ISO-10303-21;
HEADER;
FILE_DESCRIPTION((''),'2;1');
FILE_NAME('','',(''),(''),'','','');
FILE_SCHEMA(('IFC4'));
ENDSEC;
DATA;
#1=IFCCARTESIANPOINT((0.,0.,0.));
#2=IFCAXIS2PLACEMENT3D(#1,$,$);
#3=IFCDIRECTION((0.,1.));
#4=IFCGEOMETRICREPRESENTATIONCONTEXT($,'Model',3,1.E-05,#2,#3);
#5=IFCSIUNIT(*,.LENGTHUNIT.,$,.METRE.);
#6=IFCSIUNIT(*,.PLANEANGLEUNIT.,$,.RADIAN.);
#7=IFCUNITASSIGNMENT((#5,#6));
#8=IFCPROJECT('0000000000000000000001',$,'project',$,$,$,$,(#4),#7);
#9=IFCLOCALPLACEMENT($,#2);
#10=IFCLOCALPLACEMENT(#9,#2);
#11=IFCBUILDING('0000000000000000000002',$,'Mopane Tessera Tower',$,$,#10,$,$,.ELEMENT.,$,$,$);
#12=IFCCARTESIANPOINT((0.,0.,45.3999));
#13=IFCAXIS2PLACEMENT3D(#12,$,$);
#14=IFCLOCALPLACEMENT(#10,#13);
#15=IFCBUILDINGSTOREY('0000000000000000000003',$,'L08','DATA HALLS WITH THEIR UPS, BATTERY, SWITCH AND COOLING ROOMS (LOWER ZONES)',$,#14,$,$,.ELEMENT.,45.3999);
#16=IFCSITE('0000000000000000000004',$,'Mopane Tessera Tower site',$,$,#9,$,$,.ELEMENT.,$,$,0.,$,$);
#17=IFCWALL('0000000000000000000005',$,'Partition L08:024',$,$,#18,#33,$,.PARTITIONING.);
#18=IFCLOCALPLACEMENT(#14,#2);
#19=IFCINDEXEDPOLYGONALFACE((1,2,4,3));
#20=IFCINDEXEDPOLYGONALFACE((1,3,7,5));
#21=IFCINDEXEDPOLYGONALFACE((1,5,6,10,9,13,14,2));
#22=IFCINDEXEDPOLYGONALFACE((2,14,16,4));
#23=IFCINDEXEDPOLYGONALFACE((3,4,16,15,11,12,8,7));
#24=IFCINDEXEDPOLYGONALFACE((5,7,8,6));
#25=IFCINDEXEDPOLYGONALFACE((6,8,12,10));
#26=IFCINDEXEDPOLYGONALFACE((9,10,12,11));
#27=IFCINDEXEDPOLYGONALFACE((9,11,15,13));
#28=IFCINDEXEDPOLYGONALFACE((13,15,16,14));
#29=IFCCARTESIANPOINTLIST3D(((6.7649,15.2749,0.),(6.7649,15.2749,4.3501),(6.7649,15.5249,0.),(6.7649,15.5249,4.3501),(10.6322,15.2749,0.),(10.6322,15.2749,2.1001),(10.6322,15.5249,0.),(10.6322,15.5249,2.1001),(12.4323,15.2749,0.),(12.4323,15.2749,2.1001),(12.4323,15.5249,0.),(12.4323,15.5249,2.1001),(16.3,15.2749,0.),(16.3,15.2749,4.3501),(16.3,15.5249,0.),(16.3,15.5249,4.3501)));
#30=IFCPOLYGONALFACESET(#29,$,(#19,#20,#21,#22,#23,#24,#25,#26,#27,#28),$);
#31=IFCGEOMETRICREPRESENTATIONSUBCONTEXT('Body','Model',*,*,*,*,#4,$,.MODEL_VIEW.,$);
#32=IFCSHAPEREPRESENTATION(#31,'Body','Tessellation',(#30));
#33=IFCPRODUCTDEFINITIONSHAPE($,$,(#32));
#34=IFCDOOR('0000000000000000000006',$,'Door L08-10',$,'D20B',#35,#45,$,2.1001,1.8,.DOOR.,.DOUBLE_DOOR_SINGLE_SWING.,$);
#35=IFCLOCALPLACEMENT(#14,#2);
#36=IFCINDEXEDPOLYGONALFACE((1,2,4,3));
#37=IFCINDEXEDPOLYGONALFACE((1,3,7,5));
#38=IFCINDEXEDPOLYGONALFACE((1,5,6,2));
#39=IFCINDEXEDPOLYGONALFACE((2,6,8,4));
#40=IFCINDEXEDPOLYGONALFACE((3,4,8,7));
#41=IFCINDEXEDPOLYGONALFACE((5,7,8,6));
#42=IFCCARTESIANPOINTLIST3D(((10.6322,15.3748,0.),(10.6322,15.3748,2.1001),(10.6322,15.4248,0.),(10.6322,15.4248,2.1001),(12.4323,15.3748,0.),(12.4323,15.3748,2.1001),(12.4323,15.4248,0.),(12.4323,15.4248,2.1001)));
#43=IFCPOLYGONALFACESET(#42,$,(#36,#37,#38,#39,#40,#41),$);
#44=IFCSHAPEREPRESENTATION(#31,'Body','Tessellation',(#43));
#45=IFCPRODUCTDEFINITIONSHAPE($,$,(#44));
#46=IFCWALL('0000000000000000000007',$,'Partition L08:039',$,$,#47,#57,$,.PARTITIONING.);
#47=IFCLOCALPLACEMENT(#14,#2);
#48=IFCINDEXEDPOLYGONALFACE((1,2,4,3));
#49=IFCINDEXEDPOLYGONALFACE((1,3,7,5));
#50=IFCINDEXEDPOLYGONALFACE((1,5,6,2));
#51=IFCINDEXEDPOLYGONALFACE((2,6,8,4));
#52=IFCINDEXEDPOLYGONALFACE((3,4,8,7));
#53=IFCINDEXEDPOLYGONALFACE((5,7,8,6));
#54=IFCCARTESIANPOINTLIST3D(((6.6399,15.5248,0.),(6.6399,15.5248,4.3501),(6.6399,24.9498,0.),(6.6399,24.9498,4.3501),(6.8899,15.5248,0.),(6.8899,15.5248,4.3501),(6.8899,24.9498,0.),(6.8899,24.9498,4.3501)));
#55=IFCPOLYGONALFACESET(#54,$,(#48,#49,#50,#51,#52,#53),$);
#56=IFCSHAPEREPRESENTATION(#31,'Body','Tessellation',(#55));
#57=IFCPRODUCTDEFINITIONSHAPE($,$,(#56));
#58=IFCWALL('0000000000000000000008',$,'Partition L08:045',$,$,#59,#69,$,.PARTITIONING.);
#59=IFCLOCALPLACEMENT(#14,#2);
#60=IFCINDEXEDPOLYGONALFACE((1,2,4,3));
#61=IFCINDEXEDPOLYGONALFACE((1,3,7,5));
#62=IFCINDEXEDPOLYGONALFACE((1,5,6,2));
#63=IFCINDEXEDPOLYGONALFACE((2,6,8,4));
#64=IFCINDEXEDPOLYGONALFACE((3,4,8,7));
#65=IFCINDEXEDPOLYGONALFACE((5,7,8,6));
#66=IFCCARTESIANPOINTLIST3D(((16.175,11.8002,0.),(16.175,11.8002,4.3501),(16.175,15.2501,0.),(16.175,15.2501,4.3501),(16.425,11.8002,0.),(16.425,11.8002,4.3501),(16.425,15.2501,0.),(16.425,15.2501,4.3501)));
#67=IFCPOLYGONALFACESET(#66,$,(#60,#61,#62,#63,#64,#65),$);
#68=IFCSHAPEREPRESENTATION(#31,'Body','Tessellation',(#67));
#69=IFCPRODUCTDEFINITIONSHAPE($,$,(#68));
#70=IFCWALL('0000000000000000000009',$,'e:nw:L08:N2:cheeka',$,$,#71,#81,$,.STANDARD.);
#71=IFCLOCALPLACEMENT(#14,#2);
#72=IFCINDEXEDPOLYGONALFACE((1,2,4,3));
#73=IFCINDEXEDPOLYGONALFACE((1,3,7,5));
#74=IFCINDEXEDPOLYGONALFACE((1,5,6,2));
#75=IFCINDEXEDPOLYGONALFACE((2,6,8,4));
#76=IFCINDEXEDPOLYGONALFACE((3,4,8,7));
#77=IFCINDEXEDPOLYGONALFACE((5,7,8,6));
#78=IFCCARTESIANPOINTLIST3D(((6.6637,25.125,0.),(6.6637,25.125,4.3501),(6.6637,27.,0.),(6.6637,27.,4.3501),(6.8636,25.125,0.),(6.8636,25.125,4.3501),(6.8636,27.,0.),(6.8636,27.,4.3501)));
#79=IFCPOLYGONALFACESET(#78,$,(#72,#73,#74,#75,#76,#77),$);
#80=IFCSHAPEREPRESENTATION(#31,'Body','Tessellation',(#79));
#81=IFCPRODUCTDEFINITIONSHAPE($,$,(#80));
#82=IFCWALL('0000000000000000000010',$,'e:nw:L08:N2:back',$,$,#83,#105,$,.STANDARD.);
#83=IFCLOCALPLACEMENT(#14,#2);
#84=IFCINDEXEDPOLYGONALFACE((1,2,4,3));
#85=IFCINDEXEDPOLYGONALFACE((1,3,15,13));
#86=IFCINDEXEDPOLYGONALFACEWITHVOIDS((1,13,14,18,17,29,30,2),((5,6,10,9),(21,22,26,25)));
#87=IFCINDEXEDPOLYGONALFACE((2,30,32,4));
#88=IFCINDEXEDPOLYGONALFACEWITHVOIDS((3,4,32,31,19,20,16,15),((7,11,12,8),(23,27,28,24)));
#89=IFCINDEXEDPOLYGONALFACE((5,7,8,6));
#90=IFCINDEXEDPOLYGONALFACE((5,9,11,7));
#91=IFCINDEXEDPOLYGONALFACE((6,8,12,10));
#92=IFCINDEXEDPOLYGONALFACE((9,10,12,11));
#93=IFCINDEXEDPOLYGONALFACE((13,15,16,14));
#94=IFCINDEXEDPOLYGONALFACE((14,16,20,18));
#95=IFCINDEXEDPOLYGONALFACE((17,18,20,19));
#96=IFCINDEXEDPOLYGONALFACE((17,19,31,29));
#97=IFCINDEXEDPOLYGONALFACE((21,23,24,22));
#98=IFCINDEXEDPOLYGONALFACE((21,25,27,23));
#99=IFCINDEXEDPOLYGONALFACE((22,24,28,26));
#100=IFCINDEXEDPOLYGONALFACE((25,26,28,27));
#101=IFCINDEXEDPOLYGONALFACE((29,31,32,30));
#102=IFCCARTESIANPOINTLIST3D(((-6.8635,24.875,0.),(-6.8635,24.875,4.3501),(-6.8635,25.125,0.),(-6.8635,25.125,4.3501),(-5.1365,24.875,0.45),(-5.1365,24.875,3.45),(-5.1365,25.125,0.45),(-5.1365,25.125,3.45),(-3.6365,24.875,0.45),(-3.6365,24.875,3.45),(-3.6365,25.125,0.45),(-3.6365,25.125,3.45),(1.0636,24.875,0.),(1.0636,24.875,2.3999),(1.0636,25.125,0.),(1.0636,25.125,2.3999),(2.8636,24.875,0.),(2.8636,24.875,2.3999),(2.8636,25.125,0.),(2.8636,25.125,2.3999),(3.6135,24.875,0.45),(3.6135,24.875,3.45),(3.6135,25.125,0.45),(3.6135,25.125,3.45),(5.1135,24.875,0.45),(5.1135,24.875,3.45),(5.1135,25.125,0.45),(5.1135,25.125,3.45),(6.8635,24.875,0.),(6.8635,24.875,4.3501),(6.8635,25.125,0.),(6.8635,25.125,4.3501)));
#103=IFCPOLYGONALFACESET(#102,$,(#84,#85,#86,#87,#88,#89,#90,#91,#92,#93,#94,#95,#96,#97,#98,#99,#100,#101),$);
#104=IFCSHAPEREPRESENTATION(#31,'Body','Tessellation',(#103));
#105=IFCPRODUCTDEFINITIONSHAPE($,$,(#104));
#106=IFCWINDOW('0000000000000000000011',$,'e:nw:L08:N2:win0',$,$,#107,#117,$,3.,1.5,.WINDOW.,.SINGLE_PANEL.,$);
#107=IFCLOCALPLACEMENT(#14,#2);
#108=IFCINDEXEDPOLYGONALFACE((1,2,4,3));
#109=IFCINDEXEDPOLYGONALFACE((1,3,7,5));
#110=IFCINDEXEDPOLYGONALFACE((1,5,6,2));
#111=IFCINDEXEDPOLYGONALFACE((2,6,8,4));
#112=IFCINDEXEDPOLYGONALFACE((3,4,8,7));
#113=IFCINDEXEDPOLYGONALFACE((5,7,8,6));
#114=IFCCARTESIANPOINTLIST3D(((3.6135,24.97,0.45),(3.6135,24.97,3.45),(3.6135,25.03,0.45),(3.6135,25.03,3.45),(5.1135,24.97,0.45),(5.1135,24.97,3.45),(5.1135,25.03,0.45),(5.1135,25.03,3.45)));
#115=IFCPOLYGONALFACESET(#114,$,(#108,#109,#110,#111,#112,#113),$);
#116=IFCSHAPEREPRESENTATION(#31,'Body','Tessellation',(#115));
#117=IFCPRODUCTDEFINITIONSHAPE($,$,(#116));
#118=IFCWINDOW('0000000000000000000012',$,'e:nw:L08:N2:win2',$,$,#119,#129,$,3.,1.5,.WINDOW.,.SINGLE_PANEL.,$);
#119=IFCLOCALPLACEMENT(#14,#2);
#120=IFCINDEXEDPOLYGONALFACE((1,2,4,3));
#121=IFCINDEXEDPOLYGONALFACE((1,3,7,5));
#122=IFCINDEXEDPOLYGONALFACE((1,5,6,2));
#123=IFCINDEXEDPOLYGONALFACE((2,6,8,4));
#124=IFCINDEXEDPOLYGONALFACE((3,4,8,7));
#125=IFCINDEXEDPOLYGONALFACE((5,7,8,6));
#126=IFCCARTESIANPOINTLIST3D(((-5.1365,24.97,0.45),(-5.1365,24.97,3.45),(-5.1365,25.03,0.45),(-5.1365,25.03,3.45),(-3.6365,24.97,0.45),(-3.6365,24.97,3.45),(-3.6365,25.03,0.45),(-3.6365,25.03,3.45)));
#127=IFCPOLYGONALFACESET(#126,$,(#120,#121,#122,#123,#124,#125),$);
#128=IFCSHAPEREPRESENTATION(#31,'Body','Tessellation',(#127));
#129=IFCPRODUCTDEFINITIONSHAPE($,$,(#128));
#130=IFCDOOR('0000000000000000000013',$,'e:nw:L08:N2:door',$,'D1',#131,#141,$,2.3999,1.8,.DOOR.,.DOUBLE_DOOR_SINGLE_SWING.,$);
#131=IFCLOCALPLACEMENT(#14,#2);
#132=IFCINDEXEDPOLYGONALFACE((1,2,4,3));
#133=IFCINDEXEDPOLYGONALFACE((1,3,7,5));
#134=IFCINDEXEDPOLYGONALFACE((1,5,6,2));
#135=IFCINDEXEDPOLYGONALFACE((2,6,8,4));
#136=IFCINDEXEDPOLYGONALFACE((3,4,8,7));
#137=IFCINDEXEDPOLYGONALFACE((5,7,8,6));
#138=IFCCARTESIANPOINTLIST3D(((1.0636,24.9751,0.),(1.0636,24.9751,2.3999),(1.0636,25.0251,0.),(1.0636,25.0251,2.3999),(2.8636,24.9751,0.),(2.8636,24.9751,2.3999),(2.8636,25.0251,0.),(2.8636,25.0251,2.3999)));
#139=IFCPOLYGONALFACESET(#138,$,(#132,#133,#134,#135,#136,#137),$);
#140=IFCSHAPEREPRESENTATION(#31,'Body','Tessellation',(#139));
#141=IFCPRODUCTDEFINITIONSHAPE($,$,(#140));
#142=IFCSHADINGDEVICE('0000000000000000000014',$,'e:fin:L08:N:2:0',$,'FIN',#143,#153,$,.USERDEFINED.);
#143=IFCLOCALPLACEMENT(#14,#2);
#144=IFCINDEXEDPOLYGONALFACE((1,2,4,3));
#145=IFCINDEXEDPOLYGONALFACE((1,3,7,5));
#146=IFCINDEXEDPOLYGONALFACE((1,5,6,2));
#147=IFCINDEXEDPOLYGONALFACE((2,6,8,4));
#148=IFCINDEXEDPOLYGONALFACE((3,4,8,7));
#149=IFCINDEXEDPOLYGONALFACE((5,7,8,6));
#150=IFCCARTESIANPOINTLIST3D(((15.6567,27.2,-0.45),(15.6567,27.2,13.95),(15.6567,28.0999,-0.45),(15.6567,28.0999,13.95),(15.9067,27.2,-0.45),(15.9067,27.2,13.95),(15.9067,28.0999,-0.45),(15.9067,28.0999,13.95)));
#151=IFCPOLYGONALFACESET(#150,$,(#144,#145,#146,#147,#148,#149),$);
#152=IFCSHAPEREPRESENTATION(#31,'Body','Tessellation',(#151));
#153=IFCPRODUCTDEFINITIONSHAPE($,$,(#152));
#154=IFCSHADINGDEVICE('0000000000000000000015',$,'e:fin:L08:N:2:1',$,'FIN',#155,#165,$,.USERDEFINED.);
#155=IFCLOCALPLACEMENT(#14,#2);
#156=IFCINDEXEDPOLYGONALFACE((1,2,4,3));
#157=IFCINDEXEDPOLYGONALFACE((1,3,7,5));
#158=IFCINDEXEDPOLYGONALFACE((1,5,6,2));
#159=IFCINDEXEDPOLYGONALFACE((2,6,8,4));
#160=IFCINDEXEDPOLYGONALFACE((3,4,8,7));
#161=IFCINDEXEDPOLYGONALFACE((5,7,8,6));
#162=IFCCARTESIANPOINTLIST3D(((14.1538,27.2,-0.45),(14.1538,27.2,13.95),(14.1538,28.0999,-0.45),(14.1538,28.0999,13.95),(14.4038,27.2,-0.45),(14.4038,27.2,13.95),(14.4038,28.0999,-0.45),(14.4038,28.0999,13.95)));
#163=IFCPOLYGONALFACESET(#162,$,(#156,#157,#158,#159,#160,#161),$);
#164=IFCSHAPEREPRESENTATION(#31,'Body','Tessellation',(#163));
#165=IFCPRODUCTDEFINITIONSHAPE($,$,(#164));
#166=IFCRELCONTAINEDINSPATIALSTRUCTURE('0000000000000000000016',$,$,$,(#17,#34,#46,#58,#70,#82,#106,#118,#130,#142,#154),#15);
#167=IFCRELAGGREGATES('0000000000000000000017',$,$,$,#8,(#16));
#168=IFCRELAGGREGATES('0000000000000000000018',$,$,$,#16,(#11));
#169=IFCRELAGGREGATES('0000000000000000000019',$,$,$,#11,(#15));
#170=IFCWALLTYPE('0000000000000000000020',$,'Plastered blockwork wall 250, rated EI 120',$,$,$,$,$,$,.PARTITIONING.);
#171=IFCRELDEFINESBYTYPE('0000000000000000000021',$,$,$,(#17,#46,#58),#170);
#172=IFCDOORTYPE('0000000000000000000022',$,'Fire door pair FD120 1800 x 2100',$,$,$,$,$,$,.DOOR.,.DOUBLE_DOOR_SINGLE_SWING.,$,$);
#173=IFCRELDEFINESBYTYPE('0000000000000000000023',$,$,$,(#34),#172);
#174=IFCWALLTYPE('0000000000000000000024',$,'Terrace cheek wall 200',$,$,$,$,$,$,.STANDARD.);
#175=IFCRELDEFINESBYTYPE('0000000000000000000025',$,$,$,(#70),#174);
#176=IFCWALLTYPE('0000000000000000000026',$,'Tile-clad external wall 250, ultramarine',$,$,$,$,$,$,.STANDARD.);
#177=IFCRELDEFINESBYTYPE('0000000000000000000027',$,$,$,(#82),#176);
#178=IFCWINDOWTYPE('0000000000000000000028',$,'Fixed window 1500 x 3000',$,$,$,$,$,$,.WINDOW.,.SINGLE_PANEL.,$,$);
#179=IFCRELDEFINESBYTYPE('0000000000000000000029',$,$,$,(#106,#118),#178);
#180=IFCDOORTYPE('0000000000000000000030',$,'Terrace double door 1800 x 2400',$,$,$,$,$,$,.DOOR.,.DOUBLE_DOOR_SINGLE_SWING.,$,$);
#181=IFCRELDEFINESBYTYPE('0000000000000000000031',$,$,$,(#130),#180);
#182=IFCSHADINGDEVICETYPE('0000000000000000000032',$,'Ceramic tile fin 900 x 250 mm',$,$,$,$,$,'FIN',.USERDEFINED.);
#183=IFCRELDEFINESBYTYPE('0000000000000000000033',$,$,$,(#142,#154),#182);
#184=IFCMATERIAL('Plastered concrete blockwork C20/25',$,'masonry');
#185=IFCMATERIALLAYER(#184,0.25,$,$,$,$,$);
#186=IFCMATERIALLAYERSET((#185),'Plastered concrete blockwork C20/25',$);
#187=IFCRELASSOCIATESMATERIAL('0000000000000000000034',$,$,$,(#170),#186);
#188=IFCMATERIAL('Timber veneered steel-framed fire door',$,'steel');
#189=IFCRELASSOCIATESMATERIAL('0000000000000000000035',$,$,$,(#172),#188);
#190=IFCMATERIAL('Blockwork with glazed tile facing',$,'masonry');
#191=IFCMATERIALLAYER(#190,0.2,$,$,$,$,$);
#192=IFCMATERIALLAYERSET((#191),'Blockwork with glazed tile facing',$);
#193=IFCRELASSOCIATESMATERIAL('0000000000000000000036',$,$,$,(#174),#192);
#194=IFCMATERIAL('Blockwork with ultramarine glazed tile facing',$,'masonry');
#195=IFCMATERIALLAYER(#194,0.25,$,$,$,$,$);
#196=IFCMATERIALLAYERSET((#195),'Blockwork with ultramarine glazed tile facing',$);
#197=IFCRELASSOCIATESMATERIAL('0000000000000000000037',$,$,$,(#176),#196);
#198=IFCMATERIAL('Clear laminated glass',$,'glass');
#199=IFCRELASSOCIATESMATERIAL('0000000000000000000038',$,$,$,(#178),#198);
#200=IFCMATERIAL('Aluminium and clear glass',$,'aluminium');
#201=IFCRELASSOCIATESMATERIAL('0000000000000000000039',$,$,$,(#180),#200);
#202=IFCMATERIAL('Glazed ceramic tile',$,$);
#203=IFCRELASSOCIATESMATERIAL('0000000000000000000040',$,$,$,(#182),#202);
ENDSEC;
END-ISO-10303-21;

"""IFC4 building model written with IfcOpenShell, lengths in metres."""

from ifc_helpers import new_model, si_unit, direction, frame, frame_2d, origin, origin_2d, place, context, subcontext, project, spatial, rectangle, extrude, material, layer, layer_set, type_object, element, fill, save


model = new_model("IFC4")

# Units and contexts
model_context = context("Model", 3, precision=1e-05, world=origin(), true_north=direction((0.0, 1.0)))
body_context = subcontext(model_context, "Body", "Model", "MODEL_VIEW")
ifc_project = project(units=[si_unit("LENGTHUNIT", "METRE"), si_unit("PLANEANGLEUNIT", "RADIAN")], contexts=[model_context])

# Site, building, storey
site_placement = place(None, origin())
site = spatial("IfcSite", under=ifc_project, at=site_placement, Name="Mopane Tessera Tower site", CompositionType="ELEMENT", RefElevation=0.0)
building_placement = place(site_placement, origin())
building = spatial("IfcBuilding", under=site, at=building_placement, Name="Mopane Tessera Tower", CompositionType="ELEMENT")
storey_placement = place(building_placement, frame((0.0, 0.0, 45.3999)))
storey = spatial("IfcBuildingStorey", under=building, at=storey_placement, Name="L08", Description="DATA HALLS WITH THEIR UPS, BATTERY, SWITCH AND COOLING ROOMS (LOWER ZONES)", CompositionType="ELEMENT", Elevation=45.3999)

# Wall, opening, door
ifc_material_1 = material(Name="Plastered concrete blockwork C20/25", Category="masonry")
ifc_layer_1 = layer(ifc_material_1, 0.25)
ifc_layer_set_1 = layer_set([ifc_layer_1], Name="Plastered concrete blockwork C20/25")
wall_type_1 = type_object("IfcWallType", Name="Plastered blockwork wall 250, rated EI 120", PredefinedType="PARTITIONING", material=ifc_layer_set_1)
wall_1_placement = place(storey_placement, frame((6.7649, 15.3999, 0.0), z_axis=(0.0, 0.0, 1.0), x_axis=(1.0, 0.0, 0.0)))
wall_1 = element("IfcWall", 1, at=wall_1_placement, inside=storey, type_object=wall_type_1, Name="Partition L08:024", PredefinedType="PARTITIONING", context=body_context, shape_type="SweptSolid", body=[
    extrude(rectangle(XDim=9.5352, YDim=0.25, at=frame_2d((4.7676, 0.0))), origin(), (0.0, 0.0, 1.0), 4.3501),
])
opening_1_placement = place(wall_1_placement, frame((3.8674, 0.0, 0.0)))
opening_1 = element("IfcOpeningElement", 2, at=opening_1_placement, cuts=wall_1, PredefinedType="OPENING", context=body_context, shape_type="SweptSolid", body=[
    extrude(rectangle(XDim=1.8, YDim=2.1001, at=frame_2d((0.8999, 1.05))), frame((0.0, 0.137, 0.0), z_axis=(0.0, -1.0, 0.0), x_axis=(1.0, 0.0, 0.0)), (0.0, 0.0, 1.0), 0.2739),
])
ifc_material_2 = material(Name="Timber veneered steel-framed fire door", Category="steel")
door_type_1 = type_object("IfcDoorType", Name="Fire door pair FD120 1800 x 2100", OperationType="DOUBLE_DOOR_SINGLE_SWING", PredefinedType="DOOR", material=ifc_material_2)
door_1_placement = place(opening_1_placement, origin())
door_1 = element("IfcDoor", 3, at=door_1_placement, inside=storey, type_object=door_type_1, Name="Door L08-10", ObjectType="D20B", OperationType="DOUBLE_DOOR_SINGLE_SWING", OverallHeight=2.1001, OverallWidth=1.8, PredefinedType="DOOR", context=body_context, shape_type="SweptSolid", body=[
    extrude(rectangle(XDim=1.8, YDim=2.1001, at=frame_2d((0.8999, 1.05))), frame((0.0, 0.0249, 0.0), z_axis=(0.0, -1.0, 0.0), x_axis=(1.0, 0.0, 0.0)), (0.0, 0.0, 1.0), 0.05),
])
fill(opening_1, door_1)

# Walls
wall_2_placement = place(storey_placement, frame((6.7649, 15.5249, 0.0), z_axis=(0.0, 0.0, 1.0), x_axis=(0.0, 1.0, 0.0)))
element("IfcWall", 4, at=wall_2_placement, inside=storey, type_object=wall_type_1, Name="Partition L08:039", PredefinedType="PARTITIONING", context=body_context, shape_type="SweptSolid", body=[
    extrude(rectangle(XDim=9.425, YDim=0.25, at=frame_2d((4.7124, 0.0))), origin(), (0.0, 0.0, 1.0), 4.3501),
])
wall_3_placement = place(storey_placement, frame((16.3, 11.8, 0.0), z_axis=(0.0, 0.0, 1.0), x_axis=(0.0, 1.0, 0.0)))
element("IfcWall", 5, at=wall_3_placement, inside=storey, type_object=wall_type_1, Name="Partition L08:045", PredefinedType="PARTITIONING", context=body_context, shape_type="SweptSolid", body=[
    extrude(rectangle(XDim=3.45, YDim=0.25, at=frame_2d((1.7251, 0.0))), origin(), (0.0, 0.0, 1.0), 4.3501),
])
ifc_material_3 = material(Name="Blockwork with glazed tile facing", Category="masonry")
ifc_layer_2 = layer(ifc_material_3, 0.2)
ifc_layer_set_2 = layer_set([ifc_layer_2], Name="Blockwork with glazed tile facing")
wall_type_2 = type_object("IfcWallType", Name="Terrace cheek wall 200", PredefinedType="STANDARD", material=ifc_layer_set_2)
wall_4_placement = place(storey_placement, frame((6.7637, 27.0, 0.0), z_axis=(0.0, 0.0, 1.0), x_axis=(0.0, -1.0, 0.0)))
element("IfcWall", 6, at=wall_4_placement, inside=storey, type_object=wall_type_2, Name="e:nw:L08:N2:cheeka", PredefinedType="STANDARD", context=body_context, shape_type="SweptSolid", body=[
    extrude(rectangle(XDim=1.875, YDim=0.2, at=frame_2d((0.9375, 0.0))), origin(), (0.0, 0.0, 1.0), 4.3501),
])

# Wall, openings, windows, door
ifc_material_4 = material(Name="Blockwork with ultramarine glazed tile facing", Category="masonry")
ifc_layer_3 = layer(ifc_material_4, 0.25)
ifc_layer_set_3 = layer_set([ifc_layer_3], Name="Blockwork with ultramarine glazed tile facing")
wall_type_3 = type_object("IfcWallType", Name="Tile-clad external wall 250, ultramarine", PredefinedType="STANDARD", material=ifc_layer_set_3)
wall_5_placement = place(storey_placement, frame((6.8635, 25.0, 0.0), z_axis=(0.0, 0.0, 1.0), x_axis=(-1.0, 0.0, 0.0)))
wall_5 = element("IfcWall", 7, at=wall_5_placement, inside=storey, type_object=wall_type_3, Name="e:nw:L08:N2:back", PredefinedType="STANDARD", context=body_context, shape_type="SweptSolid", body=[
    extrude(rectangle(XDim=13.7271, YDim=0.25, at=frame_2d((6.8635, 0.0))), origin(), (0.0, 0.0, 1.0), 4.3501),
])
opening_2_placement = place(wall_5_placement, frame((1.75, 0.0, 0.45)))
opening_2 = element("IfcOpeningElement", 8, at=opening_2_placement, cuts=wall_5, PredefinedType="OPENING", context=body_context, shape_type="SweptSolid", body=[
    extrude(rectangle(XDim=1.5, YDim=3.0, at=frame_2d((0.75, 1.5))), frame((0.0, 0.137, 0.0), z_axis=(0.0, -1.0, 0.0), x_axis=(1.0, 0.0, 0.0)), (0.0, 0.0, 1.0), 0.2739),
])
opening_3_placement = place(wall_5_placement, frame((4.0, 0.0, 0.0)))
opening_3 = element("IfcOpeningElement", 9, at=opening_3_placement, cuts=wall_5, PredefinedType="OPENING", context=body_context, shape_type="SweptSolid", body=[
    extrude(rectangle(XDim=1.8, YDim=2.3999, at=frame_2d((0.8999, 1.2))), frame((0.0, 0.137, 0.0), z_axis=(0.0, -1.0, 0.0), x_axis=(1.0, 0.0, 0.0)), (0.0, 0.0, 1.0), 0.2739),
])
opening_4_placement = place(wall_5_placement, frame((10.5, 0.0, 0.45)))
opening_4 = element("IfcOpeningElement", 10, at=opening_4_placement, cuts=wall_5, PredefinedType="OPENING", context=body_context, shape_type="SweptSolid", body=[
    extrude(rectangle(XDim=1.5, YDim=3.0, at=frame_2d((0.75, 1.5))), frame((0.0, 0.137, 0.0), z_axis=(0.0, -1.0, 0.0), x_axis=(1.0, 0.0, 0.0)), (0.0, 0.0, 1.0), 0.2739),
])
ifc_material_5 = material(Name="Clear laminated glass", Category="glass")
window_type = type_object("IfcWindowType", Name="Fixed window 1500 x 3000", PartitioningType="SINGLE_PANEL", PredefinedType="WINDOW", material=ifc_material_5)
window_1_placement = place(opening_2_placement, origin())
window_1 = element("IfcWindow", 11, at=window_1_placement, inside=storey, type_object=window_type, Name="e:nw:L08:N2:win0", OverallHeight=3.0, OverallWidth=1.5, PartitioningType="SINGLE_PANEL", PredefinedType="WINDOW", context=body_context, shape_type="SweptSolid", body=[
    extrude(rectangle(XDim=1.5, YDim=3.0, at=frame_2d((0.75, 1.5))), frame((0.0, 0.03, 0.0), z_axis=(0.0, -1.0, 0.0), x_axis=(1.0, 0.0, 0.0)), (0.0, 0.0, 1.0), 0.0601),
])
fill(opening_2, window_1)
window_2_placement = place(opening_4_placement, origin())
window_2 = element("IfcWindow", 12, at=window_2_placement, inside=storey, type_object=window_type, Name="e:nw:L08:N2:win2", OverallHeight=3.0, OverallWidth=1.5, PartitioningType="SINGLE_PANEL", PredefinedType="WINDOW", context=body_context, shape_type="SweptSolid", body=[
    extrude(rectangle(XDim=1.5, YDim=3.0, at=frame_2d((0.75, 1.5))), frame((0.0, 0.03, 0.0), z_axis=(0.0, -1.0, 0.0), x_axis=(1.0, 0.0, 0.0)), (0.0, 0.0, 1.0), 0.0601),
])
fill(opening_4, window_2)
ifc_material_6 = material(Name="Aluminium and clear glass", Category="aluminium")
door_type_2 = type_object("IfcDoorType", Name="Terrace double door 1800 x 2400", OperationType="DOUBLE_DOOR_SINGLE_SWING", PredefinedType="DOOR", material=ifc_material_6)
door_2_placement = place(opening_3_placement, origin())
door_2 = element("IfcDoor", 13, at=door_2_placement, inside=storey, type_object=door_type_2, Name="e:nw:L08:N2:door", ObjectType="D1", OperationType="DOUBLE_DOOR_SINGLE_SWING", OverallHeight=2.3999, OverallWidth=1.8, PredefinedType="DOOR", context=body_context, shape_type="SweptSolid", body=[
    extrude(rectangle(XDim=1.8, YDim=2.3999, at=frame_2d((0.8999, 1.2))), frame((0.0, 0.0249, 0.0), z_axis=(0.0, -1.0, 0.0), x_axis=(1.0, 0.0, 0.0)), (0.0, 0.0, 1.0), 0.05),
])
fill(opening_3, door_2)

# Shading devices
ifc_material_7 = material(Name="Glazed ceramic tile")
shading_device_type = type_object("IfcShadingDeviceType", Name="Ceramic tile fin 900 x 250 mm", ElementType="FIN", PredefinedType="USERDEFINED", material=ifc_material_7)
for number, where, z_axis, x_axis, name in (
    (14, (15.7817, 27.6499, -0.45), (0.0, 0.0, 1.0), (-1.0, 0.0, 0.0), "e:fin:L08:N:2:0"),
    (15, (14.2788, 27.6499, -0.45), (0.0, 0.0, 1.0), (-1.0, 0.0, 0.0), "e:fin:L08:N:2:1"),
):
    element("IfcShadingDevice", number, at=place(storey_placement, frame(where, z_axis=z_axis, x_axis=x_axis)), inside=storey, type_object=shading_device_type, Name=name, ObjectType="FIN", PredefinedType="USERDEFINED", context=body_context, shape_type="SweptSolid", body=[
        extrude(rectangle(XDim=0.25, YDim=0.8999, at=origin_2d()), origin(), (0.0, 0.0, 1.0), 14.3999),
    ])

save(model, "model.ifc")
